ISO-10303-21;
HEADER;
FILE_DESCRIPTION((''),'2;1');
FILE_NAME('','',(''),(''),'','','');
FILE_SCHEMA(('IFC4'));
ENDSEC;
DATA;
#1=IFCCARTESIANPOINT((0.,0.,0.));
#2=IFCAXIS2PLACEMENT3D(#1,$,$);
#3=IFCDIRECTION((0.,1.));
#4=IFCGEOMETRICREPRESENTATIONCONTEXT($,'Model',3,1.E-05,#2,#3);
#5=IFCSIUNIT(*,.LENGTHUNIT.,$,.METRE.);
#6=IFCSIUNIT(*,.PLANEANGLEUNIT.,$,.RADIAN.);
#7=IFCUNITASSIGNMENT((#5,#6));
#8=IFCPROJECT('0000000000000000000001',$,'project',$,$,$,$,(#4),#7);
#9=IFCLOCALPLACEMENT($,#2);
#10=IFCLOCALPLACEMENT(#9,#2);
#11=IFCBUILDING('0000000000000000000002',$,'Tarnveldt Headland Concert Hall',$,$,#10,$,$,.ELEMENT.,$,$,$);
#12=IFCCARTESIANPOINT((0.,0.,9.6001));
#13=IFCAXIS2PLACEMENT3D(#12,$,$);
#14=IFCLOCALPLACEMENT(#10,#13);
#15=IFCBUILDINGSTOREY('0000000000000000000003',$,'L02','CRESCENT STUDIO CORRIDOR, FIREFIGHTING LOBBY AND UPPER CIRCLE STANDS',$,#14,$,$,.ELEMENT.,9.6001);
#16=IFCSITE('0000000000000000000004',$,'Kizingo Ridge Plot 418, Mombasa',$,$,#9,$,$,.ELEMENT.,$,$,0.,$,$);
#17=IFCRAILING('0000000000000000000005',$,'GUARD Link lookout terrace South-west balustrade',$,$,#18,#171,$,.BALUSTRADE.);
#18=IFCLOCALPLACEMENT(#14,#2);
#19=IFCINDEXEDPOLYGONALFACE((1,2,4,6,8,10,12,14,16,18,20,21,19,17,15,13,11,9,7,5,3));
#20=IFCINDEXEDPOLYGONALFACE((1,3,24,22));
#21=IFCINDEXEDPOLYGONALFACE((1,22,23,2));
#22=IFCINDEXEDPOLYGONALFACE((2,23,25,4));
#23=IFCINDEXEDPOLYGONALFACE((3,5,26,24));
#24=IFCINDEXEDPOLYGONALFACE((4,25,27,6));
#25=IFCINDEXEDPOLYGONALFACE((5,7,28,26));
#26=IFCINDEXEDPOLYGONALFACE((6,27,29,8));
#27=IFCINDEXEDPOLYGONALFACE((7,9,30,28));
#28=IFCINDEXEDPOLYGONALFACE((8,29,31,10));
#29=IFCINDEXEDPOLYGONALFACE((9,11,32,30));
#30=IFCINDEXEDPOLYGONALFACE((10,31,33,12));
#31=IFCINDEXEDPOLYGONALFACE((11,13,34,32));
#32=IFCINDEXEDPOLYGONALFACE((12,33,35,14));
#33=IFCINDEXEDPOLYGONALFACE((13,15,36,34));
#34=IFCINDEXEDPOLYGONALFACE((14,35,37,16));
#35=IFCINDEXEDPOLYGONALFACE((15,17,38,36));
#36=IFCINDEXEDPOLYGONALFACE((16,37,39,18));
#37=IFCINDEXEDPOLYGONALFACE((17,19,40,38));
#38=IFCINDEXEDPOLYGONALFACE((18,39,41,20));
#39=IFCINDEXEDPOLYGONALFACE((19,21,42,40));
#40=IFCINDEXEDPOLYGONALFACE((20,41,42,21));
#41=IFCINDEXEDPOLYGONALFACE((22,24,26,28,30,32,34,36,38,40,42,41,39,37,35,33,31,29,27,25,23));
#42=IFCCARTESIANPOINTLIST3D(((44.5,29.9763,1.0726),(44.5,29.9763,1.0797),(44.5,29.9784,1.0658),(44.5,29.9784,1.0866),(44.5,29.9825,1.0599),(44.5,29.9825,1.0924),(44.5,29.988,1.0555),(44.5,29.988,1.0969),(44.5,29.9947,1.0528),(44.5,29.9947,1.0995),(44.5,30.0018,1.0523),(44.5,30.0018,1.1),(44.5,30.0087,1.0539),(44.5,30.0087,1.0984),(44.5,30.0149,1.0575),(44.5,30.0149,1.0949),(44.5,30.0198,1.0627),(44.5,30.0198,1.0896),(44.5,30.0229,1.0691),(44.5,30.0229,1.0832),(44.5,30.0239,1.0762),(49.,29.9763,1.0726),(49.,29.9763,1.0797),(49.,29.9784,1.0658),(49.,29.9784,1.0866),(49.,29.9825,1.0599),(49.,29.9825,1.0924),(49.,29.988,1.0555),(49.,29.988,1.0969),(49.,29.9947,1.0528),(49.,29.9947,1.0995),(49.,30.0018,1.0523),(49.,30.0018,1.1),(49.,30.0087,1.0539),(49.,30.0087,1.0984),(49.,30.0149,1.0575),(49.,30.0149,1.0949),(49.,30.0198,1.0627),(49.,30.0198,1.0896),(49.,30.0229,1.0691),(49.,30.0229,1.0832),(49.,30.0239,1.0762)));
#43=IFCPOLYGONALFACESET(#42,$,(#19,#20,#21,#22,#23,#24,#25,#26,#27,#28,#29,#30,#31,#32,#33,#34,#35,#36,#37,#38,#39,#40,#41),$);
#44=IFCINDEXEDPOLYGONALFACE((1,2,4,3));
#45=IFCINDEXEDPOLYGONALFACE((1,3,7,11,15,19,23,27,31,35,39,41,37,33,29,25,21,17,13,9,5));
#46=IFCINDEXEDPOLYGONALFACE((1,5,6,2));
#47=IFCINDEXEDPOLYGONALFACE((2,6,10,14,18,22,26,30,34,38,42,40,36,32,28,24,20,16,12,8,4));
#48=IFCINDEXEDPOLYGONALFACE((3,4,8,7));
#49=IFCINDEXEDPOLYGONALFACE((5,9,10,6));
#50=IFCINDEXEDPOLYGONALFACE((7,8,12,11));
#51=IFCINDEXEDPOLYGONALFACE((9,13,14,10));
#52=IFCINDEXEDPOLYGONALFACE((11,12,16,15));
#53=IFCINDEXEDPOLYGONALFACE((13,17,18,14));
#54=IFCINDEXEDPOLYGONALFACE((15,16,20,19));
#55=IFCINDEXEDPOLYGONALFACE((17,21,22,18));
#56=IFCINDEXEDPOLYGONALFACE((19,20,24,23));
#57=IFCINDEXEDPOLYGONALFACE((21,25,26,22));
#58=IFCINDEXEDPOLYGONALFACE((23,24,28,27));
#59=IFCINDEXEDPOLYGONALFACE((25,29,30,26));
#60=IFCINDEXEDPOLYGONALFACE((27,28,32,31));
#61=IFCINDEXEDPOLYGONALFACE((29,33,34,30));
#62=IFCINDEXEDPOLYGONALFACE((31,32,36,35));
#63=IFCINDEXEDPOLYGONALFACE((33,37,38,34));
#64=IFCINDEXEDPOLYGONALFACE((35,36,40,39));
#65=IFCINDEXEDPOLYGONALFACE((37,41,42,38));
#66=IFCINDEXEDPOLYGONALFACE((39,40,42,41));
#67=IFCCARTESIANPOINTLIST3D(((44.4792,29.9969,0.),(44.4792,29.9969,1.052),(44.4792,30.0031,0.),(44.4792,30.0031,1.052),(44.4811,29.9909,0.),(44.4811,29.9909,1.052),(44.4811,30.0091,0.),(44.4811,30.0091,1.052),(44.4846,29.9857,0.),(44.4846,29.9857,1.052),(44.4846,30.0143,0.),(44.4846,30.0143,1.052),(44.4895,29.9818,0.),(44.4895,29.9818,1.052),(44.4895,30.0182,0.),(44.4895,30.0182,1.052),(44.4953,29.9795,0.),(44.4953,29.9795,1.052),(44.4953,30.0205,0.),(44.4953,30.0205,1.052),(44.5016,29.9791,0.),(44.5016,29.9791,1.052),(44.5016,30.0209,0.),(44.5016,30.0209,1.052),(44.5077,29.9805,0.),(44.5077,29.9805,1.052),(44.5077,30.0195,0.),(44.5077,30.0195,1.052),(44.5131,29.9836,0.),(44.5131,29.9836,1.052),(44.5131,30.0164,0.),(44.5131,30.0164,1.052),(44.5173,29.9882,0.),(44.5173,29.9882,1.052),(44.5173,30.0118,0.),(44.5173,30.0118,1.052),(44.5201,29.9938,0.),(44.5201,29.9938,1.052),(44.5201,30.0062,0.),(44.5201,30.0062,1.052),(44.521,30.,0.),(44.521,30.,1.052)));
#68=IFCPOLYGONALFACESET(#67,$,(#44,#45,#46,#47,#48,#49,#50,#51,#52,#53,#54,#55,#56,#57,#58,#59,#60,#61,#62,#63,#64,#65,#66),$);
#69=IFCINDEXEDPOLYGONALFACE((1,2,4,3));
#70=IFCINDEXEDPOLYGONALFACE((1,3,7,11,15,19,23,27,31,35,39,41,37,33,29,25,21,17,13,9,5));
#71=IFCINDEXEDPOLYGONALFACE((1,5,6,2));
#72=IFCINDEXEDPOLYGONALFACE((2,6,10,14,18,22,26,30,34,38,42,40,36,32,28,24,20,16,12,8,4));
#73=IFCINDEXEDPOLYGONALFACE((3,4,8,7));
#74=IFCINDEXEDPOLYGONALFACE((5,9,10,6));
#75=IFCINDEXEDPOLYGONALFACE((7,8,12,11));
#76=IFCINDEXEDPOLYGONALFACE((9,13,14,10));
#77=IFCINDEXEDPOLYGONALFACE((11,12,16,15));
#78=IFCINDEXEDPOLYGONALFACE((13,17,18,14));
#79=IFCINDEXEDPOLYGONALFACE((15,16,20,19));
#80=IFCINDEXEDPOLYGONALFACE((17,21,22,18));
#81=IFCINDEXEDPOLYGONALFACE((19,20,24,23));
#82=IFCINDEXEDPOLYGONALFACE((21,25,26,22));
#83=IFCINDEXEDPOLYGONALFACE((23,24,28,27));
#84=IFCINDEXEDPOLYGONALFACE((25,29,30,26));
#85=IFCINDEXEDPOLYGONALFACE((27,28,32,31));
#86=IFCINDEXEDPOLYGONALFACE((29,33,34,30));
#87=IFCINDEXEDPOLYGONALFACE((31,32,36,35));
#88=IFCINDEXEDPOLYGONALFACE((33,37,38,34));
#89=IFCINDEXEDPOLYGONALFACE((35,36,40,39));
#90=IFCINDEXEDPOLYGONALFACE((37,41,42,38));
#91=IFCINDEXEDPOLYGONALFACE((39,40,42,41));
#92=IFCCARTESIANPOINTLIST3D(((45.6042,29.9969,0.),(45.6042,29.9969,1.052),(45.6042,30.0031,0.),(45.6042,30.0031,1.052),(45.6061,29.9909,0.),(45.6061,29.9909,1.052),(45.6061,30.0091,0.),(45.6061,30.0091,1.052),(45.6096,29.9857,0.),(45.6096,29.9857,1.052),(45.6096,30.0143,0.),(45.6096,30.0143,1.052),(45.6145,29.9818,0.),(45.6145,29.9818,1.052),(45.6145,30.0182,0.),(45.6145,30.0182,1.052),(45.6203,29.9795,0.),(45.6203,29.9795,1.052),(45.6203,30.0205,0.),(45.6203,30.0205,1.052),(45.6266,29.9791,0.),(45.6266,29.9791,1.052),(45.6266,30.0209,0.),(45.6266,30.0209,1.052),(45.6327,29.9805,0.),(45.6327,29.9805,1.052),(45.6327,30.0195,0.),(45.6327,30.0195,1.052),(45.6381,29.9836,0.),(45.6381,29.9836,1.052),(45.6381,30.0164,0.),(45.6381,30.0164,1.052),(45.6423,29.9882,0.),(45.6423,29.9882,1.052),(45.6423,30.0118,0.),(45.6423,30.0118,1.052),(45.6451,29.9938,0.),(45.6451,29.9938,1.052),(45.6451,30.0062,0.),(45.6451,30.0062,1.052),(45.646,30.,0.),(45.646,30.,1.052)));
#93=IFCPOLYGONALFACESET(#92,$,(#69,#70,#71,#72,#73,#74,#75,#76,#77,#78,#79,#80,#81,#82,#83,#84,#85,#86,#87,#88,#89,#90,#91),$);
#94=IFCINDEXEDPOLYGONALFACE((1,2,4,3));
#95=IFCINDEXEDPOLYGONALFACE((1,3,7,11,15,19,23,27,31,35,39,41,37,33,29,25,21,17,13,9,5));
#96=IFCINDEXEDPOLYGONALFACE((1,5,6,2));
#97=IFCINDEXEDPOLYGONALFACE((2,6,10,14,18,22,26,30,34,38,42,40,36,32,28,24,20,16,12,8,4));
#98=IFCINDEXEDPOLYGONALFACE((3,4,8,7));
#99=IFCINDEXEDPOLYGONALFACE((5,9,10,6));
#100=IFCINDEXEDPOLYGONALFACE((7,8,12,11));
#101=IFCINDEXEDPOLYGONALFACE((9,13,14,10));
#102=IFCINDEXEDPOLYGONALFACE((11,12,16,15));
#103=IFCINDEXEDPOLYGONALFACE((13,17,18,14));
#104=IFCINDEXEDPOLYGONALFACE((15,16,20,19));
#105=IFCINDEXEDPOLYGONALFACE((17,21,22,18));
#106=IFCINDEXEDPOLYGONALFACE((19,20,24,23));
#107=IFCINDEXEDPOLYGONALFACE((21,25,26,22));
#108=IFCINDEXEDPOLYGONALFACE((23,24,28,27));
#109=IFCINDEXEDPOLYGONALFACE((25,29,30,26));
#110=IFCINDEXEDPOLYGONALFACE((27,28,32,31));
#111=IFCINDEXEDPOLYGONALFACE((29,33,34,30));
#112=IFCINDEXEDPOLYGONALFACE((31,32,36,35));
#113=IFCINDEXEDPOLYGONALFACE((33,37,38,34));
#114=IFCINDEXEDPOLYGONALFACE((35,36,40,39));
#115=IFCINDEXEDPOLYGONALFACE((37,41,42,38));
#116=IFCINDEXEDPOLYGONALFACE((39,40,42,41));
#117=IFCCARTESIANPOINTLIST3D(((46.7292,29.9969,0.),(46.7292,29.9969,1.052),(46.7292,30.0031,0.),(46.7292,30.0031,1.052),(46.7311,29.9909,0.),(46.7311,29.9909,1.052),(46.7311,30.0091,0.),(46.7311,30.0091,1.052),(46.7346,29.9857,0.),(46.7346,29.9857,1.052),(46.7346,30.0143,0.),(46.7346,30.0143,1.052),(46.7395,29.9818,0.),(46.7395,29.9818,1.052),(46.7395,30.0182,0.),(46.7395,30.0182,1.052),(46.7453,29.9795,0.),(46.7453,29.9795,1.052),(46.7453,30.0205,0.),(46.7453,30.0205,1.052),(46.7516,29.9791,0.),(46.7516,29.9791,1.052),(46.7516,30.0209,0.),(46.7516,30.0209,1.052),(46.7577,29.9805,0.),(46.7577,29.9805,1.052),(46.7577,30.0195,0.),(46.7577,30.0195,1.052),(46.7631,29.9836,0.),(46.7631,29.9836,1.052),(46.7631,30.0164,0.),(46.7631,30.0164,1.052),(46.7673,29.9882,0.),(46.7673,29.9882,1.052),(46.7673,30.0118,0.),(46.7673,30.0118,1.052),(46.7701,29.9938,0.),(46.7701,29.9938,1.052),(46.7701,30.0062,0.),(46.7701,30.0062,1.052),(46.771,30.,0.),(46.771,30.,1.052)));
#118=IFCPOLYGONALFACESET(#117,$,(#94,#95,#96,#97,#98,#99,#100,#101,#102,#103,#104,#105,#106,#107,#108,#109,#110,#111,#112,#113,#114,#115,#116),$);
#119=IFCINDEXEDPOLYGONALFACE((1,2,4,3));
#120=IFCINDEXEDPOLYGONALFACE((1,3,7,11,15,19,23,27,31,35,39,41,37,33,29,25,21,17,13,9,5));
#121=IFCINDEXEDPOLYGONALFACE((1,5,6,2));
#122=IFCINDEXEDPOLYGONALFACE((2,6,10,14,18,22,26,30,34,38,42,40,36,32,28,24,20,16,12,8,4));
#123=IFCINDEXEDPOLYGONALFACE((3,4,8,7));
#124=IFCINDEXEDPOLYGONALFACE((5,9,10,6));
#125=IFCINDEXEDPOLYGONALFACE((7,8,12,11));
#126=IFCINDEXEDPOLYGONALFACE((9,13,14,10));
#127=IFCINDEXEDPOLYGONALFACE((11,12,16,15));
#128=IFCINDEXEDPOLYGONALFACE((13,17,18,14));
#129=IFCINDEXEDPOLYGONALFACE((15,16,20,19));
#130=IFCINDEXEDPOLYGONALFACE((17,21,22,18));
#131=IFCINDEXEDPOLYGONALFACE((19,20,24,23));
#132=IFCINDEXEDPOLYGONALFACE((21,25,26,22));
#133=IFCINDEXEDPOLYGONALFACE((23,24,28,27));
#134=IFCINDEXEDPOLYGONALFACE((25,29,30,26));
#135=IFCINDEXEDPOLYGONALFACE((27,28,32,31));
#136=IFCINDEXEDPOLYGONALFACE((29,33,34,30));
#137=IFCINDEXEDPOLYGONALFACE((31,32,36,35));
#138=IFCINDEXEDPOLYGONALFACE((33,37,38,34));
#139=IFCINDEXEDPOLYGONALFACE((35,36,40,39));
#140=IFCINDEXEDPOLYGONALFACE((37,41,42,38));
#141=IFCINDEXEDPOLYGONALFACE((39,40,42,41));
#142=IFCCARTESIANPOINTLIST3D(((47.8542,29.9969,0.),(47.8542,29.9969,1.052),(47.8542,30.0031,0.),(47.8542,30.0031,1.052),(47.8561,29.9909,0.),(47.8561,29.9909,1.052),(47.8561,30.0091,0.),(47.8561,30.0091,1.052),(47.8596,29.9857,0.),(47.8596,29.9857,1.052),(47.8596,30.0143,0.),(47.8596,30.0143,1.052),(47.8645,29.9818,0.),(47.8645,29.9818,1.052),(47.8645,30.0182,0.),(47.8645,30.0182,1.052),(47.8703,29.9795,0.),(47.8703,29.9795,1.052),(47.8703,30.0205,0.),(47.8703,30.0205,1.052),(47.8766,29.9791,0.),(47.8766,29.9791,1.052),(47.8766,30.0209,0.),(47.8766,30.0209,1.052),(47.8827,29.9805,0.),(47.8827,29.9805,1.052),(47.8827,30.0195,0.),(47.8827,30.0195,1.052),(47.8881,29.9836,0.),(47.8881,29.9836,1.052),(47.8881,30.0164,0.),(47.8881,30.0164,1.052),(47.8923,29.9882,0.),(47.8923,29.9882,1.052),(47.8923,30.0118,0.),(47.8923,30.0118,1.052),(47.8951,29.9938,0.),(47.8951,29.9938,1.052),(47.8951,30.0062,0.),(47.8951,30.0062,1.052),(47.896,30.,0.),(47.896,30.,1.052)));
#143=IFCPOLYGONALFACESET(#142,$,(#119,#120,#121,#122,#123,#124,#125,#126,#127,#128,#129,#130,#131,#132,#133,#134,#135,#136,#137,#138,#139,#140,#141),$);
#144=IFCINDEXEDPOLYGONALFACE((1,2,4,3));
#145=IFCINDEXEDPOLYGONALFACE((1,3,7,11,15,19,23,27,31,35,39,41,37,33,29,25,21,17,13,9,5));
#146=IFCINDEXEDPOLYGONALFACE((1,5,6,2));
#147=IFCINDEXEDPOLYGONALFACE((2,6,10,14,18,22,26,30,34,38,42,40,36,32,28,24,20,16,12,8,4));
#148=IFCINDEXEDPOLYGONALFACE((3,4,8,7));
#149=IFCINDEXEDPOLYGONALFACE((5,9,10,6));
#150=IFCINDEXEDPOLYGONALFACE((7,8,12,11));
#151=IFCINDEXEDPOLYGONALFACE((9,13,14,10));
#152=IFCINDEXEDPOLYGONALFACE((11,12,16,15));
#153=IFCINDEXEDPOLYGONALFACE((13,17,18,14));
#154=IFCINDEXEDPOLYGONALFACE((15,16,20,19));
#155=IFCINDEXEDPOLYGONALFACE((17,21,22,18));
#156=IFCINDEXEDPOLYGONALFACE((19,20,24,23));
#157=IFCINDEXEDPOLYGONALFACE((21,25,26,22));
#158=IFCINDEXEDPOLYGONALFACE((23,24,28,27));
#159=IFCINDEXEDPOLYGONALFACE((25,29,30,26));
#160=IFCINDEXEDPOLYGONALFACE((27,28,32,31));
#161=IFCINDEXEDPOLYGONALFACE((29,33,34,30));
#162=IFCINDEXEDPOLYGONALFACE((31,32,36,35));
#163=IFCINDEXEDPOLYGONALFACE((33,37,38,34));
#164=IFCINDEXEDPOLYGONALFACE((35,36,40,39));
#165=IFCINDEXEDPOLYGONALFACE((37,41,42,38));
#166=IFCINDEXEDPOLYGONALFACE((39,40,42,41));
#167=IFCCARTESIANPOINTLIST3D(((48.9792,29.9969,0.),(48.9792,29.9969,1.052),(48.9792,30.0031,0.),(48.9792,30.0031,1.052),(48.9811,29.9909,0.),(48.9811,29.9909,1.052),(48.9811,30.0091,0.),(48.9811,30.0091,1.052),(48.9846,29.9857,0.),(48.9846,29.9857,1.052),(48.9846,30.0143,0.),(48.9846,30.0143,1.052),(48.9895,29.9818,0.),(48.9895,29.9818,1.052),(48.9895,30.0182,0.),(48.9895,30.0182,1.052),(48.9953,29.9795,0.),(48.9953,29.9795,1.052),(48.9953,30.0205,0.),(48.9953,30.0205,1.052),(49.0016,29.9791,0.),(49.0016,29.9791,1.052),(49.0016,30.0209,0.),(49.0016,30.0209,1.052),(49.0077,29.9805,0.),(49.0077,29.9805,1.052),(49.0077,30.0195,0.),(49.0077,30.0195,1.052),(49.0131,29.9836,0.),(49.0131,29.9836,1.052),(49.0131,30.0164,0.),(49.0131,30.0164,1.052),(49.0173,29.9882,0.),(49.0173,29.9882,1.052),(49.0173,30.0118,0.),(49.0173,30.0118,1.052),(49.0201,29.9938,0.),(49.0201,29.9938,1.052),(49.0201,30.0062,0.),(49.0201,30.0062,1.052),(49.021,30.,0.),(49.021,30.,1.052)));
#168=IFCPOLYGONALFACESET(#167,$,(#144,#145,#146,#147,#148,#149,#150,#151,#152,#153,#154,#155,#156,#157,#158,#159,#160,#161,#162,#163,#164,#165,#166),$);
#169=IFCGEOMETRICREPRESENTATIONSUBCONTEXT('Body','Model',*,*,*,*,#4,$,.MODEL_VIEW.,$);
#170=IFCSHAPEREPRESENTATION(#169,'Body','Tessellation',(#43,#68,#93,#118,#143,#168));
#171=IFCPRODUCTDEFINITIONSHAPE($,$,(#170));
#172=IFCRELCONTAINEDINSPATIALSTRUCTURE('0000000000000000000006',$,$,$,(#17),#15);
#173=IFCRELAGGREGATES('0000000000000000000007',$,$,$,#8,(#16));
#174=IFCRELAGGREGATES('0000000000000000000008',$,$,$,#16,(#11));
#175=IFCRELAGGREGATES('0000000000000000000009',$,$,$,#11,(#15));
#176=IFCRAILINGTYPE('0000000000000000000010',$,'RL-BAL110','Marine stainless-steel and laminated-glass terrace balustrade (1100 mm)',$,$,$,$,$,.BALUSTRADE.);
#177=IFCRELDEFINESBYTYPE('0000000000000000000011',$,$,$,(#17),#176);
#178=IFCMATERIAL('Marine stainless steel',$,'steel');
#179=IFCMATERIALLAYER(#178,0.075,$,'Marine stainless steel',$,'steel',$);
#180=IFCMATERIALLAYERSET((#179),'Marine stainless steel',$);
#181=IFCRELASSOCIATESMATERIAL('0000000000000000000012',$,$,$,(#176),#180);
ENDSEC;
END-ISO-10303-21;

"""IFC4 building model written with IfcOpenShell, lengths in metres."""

from ifc_helpers import new_model, si_unit, direction, frame, origin, origin_2d, place, context, subcontext, project, spatial, circle, extrude, material, layer, layer_set, type_object, element, save


model = new_model("IFC4")

# Units and contexts
model_context = context("Model", 3, precision=1e-05, world=origin(), true_north=direction((0.0, 1.0)))
body_context = subcontext(model_context, "Body", "Model", "MODEL_VIEW")
ifc_project = project(units=[si_unit("LENGTHUNIT", "METRE"), si_unit("PLANEANGLEUNIT", "RADIAN")], contexts=[model_context])

# Site, building, storey
site_placement = place(None, origin())
site = spatial("IfcSite", under=ifc_project, at=site_placement, Name="Kizingo Ridge Plot 418, Mombasa", CompositionType="ELEMENT", RefElevation=0.0)
building_placement = place(site_placement, origin())
building = spatial("IfcBuilding", under=site, at=building_placement, Name="Tarnveldt Headland Concert Hall", CompositionType="ELEMENT")
storey_placement = place(building_placement, frame((0.0, 0.0, 9.6001)))
storey = spatial("IfcBuildingStorey", under=building, at=storey_placement, Name="L02", Description="CRESCENT STUDIO CORRIDOR, FIREFIGHTING LOBBY AND UPPER CIRCLE STANDS", CompositionType="ELEMENT", Elevation=9.6001)

# Railing
ifc_material_1 = material(Name="Marine stainless steel", Category="steel")
ifc_layer_1 = layer(ifc_material_1, 0.075, Name="Marine stainless steel", Category="steel")
ifc_layer_set_1 = layer_set([ifc_layer_1], Name="Marine stainless steel")
railing_type_1 = type_object("IfcRailingType", Name="RL-BAL110", Description="Marine stainless-steel and laminated-glass terrace balustrade (1100 mm)", PredefinedType="BALUSTRADE", material=ifc_layer_set_1)
railing_1_placement = place(storey_placement, frame((44.5, 30.0, 0.0)))
element("IfcRailing", 1, at=railing_1_placement, inside=storey, type_object=railing_type_1, Name="GUARD Link lookout terrace South-west balustrade", PredefinedType="BALUSTRADE", context=body_context, shape_type="SweptSolid", body=[
    extrude(circle(Radius=0.0239, at=origin_2d()), frame((0.0, 0.0, 1.0762), z_axis=(1.0, 0.0, 0.0), x_axis=(0.0, 1.0, 0.0)), (0.0, 0.0, 1.0), 4.5),
    extrude(circle(Radius=0.021, at=origin_2d()), origin(), (0.0, 0.0, 1.0), 1.052),
    extrude(circle(Radius=0.021, at=origin_2d()), frame((1.125, 0.0, 0.0)), (0.0, 0.0, 1.0), 1.052),
    extrude(circle(Radius=0.021, at=origin_2d()), frame((2.25, 0.0, 0.0)), (0.0, 0.0, 1.0), 1.052),
    extrude(circle(Radius=0.021, at=origin_2d()), frame((3.375, 0.0, 0.0)), (0.0, 0.0, 1.0), 1.052),
    extrude(circle(Radius=0.021, at=origin_2d()), frame((4.5, 0.0, 0.0)), (0.0, 0.0, 1.0), 1.052),
])

save(model, "model.ifc")
